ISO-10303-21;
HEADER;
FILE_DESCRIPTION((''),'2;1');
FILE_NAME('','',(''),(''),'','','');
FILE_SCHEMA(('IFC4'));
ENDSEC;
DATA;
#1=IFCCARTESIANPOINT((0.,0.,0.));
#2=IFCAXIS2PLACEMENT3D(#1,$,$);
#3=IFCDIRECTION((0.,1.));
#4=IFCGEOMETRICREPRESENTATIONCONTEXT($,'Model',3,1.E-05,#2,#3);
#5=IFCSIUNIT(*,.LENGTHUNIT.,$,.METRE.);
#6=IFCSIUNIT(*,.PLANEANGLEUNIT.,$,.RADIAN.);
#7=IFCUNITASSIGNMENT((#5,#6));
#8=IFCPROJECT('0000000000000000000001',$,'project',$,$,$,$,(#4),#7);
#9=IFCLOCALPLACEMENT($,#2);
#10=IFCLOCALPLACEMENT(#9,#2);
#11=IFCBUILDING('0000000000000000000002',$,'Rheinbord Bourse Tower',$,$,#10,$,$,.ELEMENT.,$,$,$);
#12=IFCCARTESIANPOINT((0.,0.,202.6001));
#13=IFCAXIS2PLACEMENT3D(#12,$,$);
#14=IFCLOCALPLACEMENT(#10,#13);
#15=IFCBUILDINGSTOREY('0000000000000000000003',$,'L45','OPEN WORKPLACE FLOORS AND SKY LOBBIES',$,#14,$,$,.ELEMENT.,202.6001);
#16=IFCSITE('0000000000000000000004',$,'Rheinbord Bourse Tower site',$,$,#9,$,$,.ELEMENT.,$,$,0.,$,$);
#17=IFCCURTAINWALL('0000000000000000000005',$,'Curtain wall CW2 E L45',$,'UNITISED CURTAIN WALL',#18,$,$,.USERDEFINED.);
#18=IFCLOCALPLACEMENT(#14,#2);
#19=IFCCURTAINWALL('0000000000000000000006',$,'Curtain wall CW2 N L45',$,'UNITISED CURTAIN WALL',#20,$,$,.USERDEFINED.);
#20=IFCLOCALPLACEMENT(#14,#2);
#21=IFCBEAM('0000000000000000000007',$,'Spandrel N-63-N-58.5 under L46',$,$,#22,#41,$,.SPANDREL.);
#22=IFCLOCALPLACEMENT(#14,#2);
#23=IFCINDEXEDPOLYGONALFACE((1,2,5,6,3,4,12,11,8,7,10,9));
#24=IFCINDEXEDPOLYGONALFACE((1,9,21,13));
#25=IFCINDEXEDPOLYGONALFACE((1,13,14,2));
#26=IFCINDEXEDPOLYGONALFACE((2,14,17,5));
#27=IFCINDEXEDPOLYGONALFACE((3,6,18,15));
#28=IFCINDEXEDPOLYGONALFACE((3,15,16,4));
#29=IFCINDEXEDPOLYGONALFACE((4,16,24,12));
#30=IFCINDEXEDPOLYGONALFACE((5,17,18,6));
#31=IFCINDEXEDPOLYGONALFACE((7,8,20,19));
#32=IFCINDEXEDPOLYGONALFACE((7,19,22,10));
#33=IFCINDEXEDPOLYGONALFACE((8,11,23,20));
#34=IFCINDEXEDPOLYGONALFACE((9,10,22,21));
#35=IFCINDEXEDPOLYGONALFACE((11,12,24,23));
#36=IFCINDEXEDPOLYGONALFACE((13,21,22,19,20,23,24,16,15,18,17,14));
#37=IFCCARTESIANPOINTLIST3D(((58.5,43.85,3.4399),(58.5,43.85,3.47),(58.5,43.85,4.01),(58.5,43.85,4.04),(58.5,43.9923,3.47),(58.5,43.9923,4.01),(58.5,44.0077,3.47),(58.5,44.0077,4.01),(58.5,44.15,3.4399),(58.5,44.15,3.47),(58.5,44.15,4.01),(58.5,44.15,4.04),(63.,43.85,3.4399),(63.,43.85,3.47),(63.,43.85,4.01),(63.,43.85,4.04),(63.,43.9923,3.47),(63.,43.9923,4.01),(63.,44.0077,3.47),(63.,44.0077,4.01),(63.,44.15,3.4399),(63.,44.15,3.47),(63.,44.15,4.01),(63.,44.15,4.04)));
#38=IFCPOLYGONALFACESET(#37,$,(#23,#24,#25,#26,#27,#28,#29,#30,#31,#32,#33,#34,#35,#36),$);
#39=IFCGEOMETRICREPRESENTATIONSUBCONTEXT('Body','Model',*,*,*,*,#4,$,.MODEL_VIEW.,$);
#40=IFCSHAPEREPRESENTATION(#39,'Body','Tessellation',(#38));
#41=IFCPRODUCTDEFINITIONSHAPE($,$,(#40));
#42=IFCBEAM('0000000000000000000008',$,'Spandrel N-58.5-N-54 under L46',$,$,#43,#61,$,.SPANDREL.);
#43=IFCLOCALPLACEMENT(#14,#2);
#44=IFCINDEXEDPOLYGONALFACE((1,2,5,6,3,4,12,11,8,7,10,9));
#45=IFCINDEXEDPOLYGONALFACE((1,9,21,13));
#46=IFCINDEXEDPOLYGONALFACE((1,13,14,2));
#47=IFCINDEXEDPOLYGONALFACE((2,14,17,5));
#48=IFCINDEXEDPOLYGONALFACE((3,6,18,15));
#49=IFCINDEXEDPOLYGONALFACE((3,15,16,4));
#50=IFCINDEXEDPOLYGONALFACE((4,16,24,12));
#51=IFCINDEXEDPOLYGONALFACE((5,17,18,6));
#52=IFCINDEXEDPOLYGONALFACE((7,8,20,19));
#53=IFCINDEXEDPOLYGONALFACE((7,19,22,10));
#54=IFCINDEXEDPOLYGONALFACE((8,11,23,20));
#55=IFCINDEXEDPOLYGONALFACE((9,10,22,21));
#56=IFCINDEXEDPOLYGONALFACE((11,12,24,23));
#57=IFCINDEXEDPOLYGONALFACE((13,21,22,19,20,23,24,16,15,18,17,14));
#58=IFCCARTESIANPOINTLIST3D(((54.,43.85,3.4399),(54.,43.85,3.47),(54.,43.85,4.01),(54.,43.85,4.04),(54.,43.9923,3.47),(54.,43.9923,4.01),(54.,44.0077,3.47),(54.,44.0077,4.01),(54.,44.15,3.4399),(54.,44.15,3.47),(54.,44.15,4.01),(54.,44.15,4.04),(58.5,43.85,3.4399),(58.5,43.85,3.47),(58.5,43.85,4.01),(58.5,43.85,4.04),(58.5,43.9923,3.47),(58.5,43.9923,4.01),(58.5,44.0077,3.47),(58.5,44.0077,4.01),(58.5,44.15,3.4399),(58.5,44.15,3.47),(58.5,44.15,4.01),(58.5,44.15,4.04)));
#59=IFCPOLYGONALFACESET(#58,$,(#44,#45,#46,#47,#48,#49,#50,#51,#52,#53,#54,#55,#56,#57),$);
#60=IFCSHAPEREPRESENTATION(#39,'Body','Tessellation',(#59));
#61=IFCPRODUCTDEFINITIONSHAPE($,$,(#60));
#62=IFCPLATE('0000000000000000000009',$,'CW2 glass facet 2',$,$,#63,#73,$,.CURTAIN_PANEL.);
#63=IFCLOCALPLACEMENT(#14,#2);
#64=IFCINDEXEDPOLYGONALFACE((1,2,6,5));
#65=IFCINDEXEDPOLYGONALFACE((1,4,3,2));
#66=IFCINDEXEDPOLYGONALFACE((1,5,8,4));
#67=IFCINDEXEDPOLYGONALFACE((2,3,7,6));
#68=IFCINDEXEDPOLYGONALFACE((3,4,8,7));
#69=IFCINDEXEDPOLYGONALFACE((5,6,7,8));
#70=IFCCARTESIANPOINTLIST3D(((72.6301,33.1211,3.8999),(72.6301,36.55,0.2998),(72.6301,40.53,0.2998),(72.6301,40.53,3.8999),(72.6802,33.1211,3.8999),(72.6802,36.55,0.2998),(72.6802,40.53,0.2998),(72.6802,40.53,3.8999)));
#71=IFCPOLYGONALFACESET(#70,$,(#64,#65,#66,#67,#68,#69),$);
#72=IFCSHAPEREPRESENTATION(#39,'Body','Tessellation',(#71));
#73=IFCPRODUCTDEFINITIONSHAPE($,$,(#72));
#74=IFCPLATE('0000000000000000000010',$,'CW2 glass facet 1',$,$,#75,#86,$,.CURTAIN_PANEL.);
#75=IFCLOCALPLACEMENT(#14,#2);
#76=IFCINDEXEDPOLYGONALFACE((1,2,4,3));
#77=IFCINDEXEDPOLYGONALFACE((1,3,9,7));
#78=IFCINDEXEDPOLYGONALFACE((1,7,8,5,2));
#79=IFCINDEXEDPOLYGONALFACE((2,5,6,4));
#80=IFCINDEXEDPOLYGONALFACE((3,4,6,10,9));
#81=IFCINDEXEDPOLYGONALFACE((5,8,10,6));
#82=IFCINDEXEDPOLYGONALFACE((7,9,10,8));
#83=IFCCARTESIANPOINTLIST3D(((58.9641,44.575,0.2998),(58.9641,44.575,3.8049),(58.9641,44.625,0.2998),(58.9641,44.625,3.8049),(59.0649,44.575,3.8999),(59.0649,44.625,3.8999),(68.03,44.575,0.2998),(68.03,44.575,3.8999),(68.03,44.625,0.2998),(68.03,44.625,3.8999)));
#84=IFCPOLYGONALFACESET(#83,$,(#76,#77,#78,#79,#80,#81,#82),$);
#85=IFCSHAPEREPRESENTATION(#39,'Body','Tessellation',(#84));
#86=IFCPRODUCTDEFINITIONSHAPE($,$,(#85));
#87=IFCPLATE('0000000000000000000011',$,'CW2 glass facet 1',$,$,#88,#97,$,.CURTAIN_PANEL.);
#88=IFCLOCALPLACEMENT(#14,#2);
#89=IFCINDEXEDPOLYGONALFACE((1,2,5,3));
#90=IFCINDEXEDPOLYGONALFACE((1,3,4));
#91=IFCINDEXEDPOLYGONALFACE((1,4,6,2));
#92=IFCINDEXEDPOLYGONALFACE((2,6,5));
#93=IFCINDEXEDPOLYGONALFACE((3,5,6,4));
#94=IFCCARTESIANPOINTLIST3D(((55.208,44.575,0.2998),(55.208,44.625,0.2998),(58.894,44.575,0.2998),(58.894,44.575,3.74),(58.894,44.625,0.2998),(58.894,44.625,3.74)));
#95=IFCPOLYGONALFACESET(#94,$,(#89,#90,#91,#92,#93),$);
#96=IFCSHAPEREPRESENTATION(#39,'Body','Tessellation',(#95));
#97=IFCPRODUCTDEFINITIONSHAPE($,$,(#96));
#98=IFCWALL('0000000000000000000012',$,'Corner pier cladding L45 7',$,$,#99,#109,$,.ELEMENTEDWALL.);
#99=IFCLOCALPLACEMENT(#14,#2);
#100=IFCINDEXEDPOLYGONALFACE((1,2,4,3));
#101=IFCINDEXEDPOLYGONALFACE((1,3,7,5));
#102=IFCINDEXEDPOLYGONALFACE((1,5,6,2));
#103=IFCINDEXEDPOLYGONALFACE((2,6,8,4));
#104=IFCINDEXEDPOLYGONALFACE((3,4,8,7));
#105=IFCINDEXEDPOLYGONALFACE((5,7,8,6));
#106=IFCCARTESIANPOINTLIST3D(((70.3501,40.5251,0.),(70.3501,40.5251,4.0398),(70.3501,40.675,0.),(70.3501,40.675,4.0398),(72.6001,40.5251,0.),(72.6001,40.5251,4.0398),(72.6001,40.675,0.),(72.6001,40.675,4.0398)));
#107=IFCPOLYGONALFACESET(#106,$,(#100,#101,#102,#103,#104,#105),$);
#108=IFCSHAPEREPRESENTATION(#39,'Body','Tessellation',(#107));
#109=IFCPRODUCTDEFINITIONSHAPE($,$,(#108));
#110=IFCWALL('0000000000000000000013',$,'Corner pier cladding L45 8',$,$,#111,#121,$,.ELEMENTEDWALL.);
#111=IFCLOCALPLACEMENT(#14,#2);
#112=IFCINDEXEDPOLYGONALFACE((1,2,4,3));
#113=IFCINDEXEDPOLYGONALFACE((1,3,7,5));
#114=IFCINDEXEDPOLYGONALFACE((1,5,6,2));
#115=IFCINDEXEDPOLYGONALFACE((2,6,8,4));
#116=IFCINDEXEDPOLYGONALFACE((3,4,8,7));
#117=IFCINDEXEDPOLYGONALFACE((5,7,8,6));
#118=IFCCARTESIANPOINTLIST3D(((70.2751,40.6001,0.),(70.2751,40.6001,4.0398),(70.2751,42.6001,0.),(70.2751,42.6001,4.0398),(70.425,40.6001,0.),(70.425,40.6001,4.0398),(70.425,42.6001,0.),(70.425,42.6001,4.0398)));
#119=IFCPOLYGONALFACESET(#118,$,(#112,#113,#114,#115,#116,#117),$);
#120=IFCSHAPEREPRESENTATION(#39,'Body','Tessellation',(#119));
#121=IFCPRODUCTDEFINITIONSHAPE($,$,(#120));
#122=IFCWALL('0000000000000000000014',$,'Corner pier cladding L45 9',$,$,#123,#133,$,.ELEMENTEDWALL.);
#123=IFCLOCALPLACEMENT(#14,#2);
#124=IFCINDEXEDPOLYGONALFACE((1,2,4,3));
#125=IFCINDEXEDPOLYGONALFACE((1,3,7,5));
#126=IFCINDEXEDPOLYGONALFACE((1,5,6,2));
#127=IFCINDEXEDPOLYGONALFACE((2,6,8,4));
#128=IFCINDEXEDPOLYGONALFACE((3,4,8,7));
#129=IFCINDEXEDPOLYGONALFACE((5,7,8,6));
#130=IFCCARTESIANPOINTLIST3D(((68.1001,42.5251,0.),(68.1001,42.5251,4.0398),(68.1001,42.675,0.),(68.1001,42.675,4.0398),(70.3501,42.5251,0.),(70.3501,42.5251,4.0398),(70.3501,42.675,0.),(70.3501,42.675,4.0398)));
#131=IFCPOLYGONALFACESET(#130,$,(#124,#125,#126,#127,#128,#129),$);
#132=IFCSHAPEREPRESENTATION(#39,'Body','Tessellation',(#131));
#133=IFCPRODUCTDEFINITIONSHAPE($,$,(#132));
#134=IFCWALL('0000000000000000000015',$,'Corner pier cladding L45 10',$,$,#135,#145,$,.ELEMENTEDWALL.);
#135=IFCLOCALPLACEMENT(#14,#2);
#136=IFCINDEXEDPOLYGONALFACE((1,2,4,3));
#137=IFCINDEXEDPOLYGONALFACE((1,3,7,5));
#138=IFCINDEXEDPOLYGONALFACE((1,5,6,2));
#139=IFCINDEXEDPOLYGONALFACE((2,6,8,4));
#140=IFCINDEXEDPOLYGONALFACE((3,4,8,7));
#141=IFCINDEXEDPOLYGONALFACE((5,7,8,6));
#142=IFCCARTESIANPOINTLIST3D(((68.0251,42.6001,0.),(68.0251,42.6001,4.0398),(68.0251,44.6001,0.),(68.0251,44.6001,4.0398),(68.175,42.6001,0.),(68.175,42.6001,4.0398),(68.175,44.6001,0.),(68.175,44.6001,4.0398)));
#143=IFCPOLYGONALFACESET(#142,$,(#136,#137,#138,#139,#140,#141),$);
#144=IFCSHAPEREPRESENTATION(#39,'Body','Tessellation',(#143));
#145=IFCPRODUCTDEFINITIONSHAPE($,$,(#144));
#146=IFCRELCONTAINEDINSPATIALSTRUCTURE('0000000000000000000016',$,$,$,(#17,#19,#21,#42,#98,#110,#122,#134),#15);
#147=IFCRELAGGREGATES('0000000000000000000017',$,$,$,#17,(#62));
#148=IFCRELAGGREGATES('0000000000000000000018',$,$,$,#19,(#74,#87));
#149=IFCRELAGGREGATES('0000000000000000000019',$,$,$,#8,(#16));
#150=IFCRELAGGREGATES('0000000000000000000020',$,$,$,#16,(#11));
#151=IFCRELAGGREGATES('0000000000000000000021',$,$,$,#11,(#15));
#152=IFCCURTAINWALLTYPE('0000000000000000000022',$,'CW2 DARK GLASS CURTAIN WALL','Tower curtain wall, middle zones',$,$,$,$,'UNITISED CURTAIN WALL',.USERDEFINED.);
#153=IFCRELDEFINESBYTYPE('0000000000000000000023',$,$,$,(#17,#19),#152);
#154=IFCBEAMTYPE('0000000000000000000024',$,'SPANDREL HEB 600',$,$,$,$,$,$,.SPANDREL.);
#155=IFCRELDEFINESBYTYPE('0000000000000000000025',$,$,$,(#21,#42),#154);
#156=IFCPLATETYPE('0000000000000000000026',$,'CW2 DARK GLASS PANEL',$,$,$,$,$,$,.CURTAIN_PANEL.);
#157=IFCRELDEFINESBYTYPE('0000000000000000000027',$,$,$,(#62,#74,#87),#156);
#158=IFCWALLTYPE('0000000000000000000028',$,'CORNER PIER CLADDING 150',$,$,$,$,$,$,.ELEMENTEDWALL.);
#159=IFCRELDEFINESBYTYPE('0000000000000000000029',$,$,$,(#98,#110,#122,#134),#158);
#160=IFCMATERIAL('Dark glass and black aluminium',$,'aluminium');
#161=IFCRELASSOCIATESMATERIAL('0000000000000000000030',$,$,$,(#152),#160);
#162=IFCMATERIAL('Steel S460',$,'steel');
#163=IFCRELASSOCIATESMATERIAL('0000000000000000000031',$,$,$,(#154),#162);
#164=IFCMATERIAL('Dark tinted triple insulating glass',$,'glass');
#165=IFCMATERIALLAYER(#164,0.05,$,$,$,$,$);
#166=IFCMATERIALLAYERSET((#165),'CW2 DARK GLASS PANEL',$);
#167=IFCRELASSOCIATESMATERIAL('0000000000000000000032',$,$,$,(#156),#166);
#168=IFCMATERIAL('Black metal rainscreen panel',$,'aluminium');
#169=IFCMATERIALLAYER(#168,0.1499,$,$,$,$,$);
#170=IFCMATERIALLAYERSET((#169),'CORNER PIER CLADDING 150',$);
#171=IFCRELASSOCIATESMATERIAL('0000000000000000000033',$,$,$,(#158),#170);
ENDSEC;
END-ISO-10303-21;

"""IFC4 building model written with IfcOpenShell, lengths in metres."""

from ifc_helpers import new_model, si_unit, direction, frame, frame_2d, origin, origin_2d, place, context, subcontext, project, spatial, polyline, rectangle, i_section, outline, extrude, material, layer, layer_set, material_profile, profile_set, type_object, element, aggregate, save


model = new_model("IFC4")

# Units and contexts
model_context = context("Model", 3, precision=1e-05, world=origin(), true_north=direction((0.0, 1.0)))
body_context = subcontext(model_context, "Body", "Model", "MODEL_VIEW")
ifc_project = project(units=[si_unit("LENGTHUNIT", "METRE"), si_unit("PLANEANGLEUNIT", "RADIAN")], contexts=[model_context])

# Site, building, storey
site_placement = place(None, origin())
site = spatial("IfcSite", under=ifc_project, at=site_placement, Name="Rheinbord Bourse Tower site", CompositionType="ELEMENT", RefElevation=0.0)
building_placement = place(site_placement, origin())
building = spatial("IfcBuilding", under=site, at=building_placement, Name="Rheinbord Bourse Tower", CompositionType="ELEMENT")
storey_placement = place(building_placement, frame((0.0, 0.0, 202.6001)))
storey = spatial("IfcBuildingStorey", under=building, at=storey_placement, Name="L45", Description="OPEN WORKPLACE FLOORS AND SKY LOBBIES", CompositionType="ELEMENT", Elevation=202.6001)

# Curtain wall
ifc_material_1 = material(Name="Dark glass and black aluminium", Category="aluminium")
curtain_wall_type = type_object("IfcCurtainWallType", Name="CW2 DARK GLASS CURTAIN WALL", Description="Tower curtain wall, middle zones", ElementType="UNITISED CURTAIN WALL", PredefinedType="USERDEFINED", material=ifc_material_1)
curtain_wall_1_placement = place(storey_placement, origin())
curtain_wall_1 = element("IfcCurtainWall", 1, at=curtain_wall_1_placement, inside=storey, type_object=curtain_wall_type, Name="Curtain wall CW2 E L45", ObjectType="UNITISED CURTAIN WALL", PredefinedType="USERDEFINED")

# Curtain wall
curtain_wall_2_placement = place(storey_placement, origin())
curtain_wall_2 = element("IfcCurtainWall", 2, at=curtain_wall_2_placement, inside=storey, type_object=curtain_wall_type, Name="Curtain wall CW2 N L45", ObjectType="UNITISED CURTAIN WALL", PredefinedType="USERDEFINED")

# Beams
ifc_material_2 = material(Name="Steel S460", Category="steel")
ifc_material_profile_1 = material_profile(ifc_material_2, i_section(OverallWidth=0.3, OverallDepth=0.6001, WebThickness=0.0154, FlangeThickness=0.03, at=origin_2d()), Name="HEB 600")
ifc_profile_set_1 = profile_set([ifc_material_profile_1], Name="Steel S460")
beam_type_1 = type_object("IfcBeamType", Name="SPANDREL HEB 600", PredefinedType="SPANDREL", material=ifc_profile_set_1)
for number, where, z_axis, x_axis, name in (
    (3, (63.0, 44.0, 3.74), (-1.0, 0.0, 0.0), (0.0, -1.0, 0.0), "Spandrel N-63-N-58.5 under L46"),
    (4, (58.5, 44.0, 3.74), (-1.0, 0.0, 0.0), (0.0, -1.0, 0.0), "Spandrel N-58.5-N-54 under L46"),
):
    element("IfcBeam", number, at=place(storey_placement, frame(where, z_axis=z_axis, x_axis=x_axis)), inside=storey, type_object=beam_type_1, Name=name, PredefinedType="SPANDREL", context=body_context, shape_type="SweptSolid", body=[
        extrude(i_section(OverallWidth=0.3, OverallDepth=0.6001, WebThickness=0.0154, FlangeThickness=0.03, at=origin_2d()), origin(), (0.0, 0.0, 1.0), 4.5),
    ])

# Plates
ifc_material_3 = material(Name="Dark tinted triple insulating glass", Category="glass")
ifc_layer_1 = layer(ifc_material_3, 0.05)
ifc_layer_set_1 = layer_set([ifc_layer_1], Name="CW2 DARK GLASS PANEL")
plate_type = type_object("IfcPlateType", Name="CW2 DARK GLASS PANEL", PredefinedType="CURTAIN_PANEL", material=ifc_layer_set_1)
plate_1_placement = place(storey_placement, frame((72.6802, 40.53, 3.8999), z_axis=(-1.0, 0.0, 0.0), x_axis=(0.0, 0.0, -1.0)))
plate_1 = element("IfcPlate", 5, at=plate_1_placement, type_object=plate_type, Name="CW2 glass facet 2", PredefinedType="CURTAIN_PANEL", context=body_context, shape_type="SweptSolid", body=[
    extrude(outline(polyline([(0.0, 0.0), (3.6001, 0.0), (3.6001, 3.98), (0.0, 7.4089), (0.0, 0.0)])), origin(), (0.0, 0.0, 1.0), 0.05),
])
aggregate(curtain_wall_1, [plate_1])
plate_2_placement = place(storey_placement, frame((58.9641, 44.625, 0.2998), z_axis=(0.0, -1.0, 0.0), x_axis=(1.0, 0.0, 0.0)))
plate_2 = element("IfcPlate", 6, at=plate_2_placement, type_object=plate_type, Name="CW2 glass facet 1", PredefinedType="CURTAIN_PANEL", context=body_context, shape_type="SweptSolid", body=[
    extrude(outline(polyline([(0.0, 0.0), (9.0659, 0.0), (9.0659, 3.6001), (0.1008, 3.6001), (0.0, 3.5051), (0.0, 0.0)])), origin(), (0.0, 0.0, 1.0), 0.05),
])
plate_3_placement = place(storey_placement, frame((58.894, 44.625, 0.2998), z_axis=(0.0, -1.0, 0.0), x_axis=(0.0, 0.0, 1.0)))
plate_3 = element("IfcPlate", 7, at=plate_3_placement, type_object=plate_type, Name="CW2 glass facet 1", PredefinedType="CURTAIN_PANEL", context=body_context, shape_type="SweptSolid", body=[
    extrude(outline(polyline([(0.0, 0.0), (3.4402, 0.0), (0.0, 3.686), (0.0, 0.0)])), origin(), (0.0, 0.0, 1.0), 0.05),
])
aggregate(curtain_wall_2, [plate_2, plate_3])

# Walls
ifc_material_4 = material(Name="Black metal rainscreen panel", Category="aluminium")
ifc_layer_2 = layer(ifc_material_4, 0.1499)
ifc_layer_set_2 = layer_set([ifc_layer_2], Name="CORNER PIER CLADDING 150")
wall_type = type_object("IfcWallType", Name="CORNER PIER CLADDING 150", PredefinedType="ELEMENTEDWALL", material=ifc_layer_set_2)
wall_1_placement = place(storey_placement, frame((72.6001, 40.6001, 0.0), z_axis=(0.0, 0.0, 1.0), x_axis=(-1.0, 0.0, 0.0)))
element("IfcWall", 8, at=wall_1_placement, inside=storey, type_object=wall_type, Name="Corner pier cladding L45 7", PredefinedType="ELEMENTEDWALL", context=body_context, shape_type="SweptSolid", body=[
    extrude(rectangle(XDim=2.25, YDim=0.1499, at=frame_2d((1.125, 0.0))), origin(), (0.0, 0.0, 1.0), 4.0398),
])
wall_2_placement = place(storey_placement, frame((70.3501, 40.6001, 0.0), z_axis=(0.0, 0.0, 1.0), x_axis=(0.0, 1.0, 0.0)))
element("IfcWall", 9, at=wall_2_placement, inside=storey, type_object=wall_type, Name="Corner pier cladding L45 8", PredefinedType="ELEMENTEDWALL", context=body_context, shape_type="SweptSolid", body=[
    extrude(rectangle(XDim=2.0, YDim=0.1499, at=frame_2d((1.0, 0.0))), origin(), (0.0, 0.0, 1.0), 4.0398),
])
wall_3_placement = place(storey_placement, frame((70.3501, 42.6001, 0.0), z_axis=(0.0, 0.0, 1.0), x_axis=(-1.0, 0.0, 0.0)))
element("IfcWall", 10, at=wall_3_placement, inside=storey, type_object=wall_type, Name="Corner pier cladding L45 9", PredefinedType="ELEMENTEDWALL", context=body_context, shape_type="SweptSolid", body=[
    extrude(rectangle(XDim=2.25, YDim=0.1499, at=frame_2d((1.125, 0.0))), origin(), (0.0, 0.0, 1.0), 4.0398),
])
wall_4_placement = place(storey_placement, frame((68.1001, 42.6001, 0.0), z_axis=(0.0, 0.0, 1.0), x_axis=(0.0, 1.0, 0.0)))
element("IfcWall", 11, at=wall_4_placement, inside=storey, type_object=wall_type, Name="Corner pier cladding L45 10", PredefinedType="ELEMENTEDWALL", context=body_context, shape_type="SweptSolid", body=[
    extrude(rectangle(XDim=2.0, YDim=0.1499, at=frame_2d((1.0, 0.0))), origin(), (0.0, 0.0, 1.0), 4.0398),
])

save(model, "model.ifc")
